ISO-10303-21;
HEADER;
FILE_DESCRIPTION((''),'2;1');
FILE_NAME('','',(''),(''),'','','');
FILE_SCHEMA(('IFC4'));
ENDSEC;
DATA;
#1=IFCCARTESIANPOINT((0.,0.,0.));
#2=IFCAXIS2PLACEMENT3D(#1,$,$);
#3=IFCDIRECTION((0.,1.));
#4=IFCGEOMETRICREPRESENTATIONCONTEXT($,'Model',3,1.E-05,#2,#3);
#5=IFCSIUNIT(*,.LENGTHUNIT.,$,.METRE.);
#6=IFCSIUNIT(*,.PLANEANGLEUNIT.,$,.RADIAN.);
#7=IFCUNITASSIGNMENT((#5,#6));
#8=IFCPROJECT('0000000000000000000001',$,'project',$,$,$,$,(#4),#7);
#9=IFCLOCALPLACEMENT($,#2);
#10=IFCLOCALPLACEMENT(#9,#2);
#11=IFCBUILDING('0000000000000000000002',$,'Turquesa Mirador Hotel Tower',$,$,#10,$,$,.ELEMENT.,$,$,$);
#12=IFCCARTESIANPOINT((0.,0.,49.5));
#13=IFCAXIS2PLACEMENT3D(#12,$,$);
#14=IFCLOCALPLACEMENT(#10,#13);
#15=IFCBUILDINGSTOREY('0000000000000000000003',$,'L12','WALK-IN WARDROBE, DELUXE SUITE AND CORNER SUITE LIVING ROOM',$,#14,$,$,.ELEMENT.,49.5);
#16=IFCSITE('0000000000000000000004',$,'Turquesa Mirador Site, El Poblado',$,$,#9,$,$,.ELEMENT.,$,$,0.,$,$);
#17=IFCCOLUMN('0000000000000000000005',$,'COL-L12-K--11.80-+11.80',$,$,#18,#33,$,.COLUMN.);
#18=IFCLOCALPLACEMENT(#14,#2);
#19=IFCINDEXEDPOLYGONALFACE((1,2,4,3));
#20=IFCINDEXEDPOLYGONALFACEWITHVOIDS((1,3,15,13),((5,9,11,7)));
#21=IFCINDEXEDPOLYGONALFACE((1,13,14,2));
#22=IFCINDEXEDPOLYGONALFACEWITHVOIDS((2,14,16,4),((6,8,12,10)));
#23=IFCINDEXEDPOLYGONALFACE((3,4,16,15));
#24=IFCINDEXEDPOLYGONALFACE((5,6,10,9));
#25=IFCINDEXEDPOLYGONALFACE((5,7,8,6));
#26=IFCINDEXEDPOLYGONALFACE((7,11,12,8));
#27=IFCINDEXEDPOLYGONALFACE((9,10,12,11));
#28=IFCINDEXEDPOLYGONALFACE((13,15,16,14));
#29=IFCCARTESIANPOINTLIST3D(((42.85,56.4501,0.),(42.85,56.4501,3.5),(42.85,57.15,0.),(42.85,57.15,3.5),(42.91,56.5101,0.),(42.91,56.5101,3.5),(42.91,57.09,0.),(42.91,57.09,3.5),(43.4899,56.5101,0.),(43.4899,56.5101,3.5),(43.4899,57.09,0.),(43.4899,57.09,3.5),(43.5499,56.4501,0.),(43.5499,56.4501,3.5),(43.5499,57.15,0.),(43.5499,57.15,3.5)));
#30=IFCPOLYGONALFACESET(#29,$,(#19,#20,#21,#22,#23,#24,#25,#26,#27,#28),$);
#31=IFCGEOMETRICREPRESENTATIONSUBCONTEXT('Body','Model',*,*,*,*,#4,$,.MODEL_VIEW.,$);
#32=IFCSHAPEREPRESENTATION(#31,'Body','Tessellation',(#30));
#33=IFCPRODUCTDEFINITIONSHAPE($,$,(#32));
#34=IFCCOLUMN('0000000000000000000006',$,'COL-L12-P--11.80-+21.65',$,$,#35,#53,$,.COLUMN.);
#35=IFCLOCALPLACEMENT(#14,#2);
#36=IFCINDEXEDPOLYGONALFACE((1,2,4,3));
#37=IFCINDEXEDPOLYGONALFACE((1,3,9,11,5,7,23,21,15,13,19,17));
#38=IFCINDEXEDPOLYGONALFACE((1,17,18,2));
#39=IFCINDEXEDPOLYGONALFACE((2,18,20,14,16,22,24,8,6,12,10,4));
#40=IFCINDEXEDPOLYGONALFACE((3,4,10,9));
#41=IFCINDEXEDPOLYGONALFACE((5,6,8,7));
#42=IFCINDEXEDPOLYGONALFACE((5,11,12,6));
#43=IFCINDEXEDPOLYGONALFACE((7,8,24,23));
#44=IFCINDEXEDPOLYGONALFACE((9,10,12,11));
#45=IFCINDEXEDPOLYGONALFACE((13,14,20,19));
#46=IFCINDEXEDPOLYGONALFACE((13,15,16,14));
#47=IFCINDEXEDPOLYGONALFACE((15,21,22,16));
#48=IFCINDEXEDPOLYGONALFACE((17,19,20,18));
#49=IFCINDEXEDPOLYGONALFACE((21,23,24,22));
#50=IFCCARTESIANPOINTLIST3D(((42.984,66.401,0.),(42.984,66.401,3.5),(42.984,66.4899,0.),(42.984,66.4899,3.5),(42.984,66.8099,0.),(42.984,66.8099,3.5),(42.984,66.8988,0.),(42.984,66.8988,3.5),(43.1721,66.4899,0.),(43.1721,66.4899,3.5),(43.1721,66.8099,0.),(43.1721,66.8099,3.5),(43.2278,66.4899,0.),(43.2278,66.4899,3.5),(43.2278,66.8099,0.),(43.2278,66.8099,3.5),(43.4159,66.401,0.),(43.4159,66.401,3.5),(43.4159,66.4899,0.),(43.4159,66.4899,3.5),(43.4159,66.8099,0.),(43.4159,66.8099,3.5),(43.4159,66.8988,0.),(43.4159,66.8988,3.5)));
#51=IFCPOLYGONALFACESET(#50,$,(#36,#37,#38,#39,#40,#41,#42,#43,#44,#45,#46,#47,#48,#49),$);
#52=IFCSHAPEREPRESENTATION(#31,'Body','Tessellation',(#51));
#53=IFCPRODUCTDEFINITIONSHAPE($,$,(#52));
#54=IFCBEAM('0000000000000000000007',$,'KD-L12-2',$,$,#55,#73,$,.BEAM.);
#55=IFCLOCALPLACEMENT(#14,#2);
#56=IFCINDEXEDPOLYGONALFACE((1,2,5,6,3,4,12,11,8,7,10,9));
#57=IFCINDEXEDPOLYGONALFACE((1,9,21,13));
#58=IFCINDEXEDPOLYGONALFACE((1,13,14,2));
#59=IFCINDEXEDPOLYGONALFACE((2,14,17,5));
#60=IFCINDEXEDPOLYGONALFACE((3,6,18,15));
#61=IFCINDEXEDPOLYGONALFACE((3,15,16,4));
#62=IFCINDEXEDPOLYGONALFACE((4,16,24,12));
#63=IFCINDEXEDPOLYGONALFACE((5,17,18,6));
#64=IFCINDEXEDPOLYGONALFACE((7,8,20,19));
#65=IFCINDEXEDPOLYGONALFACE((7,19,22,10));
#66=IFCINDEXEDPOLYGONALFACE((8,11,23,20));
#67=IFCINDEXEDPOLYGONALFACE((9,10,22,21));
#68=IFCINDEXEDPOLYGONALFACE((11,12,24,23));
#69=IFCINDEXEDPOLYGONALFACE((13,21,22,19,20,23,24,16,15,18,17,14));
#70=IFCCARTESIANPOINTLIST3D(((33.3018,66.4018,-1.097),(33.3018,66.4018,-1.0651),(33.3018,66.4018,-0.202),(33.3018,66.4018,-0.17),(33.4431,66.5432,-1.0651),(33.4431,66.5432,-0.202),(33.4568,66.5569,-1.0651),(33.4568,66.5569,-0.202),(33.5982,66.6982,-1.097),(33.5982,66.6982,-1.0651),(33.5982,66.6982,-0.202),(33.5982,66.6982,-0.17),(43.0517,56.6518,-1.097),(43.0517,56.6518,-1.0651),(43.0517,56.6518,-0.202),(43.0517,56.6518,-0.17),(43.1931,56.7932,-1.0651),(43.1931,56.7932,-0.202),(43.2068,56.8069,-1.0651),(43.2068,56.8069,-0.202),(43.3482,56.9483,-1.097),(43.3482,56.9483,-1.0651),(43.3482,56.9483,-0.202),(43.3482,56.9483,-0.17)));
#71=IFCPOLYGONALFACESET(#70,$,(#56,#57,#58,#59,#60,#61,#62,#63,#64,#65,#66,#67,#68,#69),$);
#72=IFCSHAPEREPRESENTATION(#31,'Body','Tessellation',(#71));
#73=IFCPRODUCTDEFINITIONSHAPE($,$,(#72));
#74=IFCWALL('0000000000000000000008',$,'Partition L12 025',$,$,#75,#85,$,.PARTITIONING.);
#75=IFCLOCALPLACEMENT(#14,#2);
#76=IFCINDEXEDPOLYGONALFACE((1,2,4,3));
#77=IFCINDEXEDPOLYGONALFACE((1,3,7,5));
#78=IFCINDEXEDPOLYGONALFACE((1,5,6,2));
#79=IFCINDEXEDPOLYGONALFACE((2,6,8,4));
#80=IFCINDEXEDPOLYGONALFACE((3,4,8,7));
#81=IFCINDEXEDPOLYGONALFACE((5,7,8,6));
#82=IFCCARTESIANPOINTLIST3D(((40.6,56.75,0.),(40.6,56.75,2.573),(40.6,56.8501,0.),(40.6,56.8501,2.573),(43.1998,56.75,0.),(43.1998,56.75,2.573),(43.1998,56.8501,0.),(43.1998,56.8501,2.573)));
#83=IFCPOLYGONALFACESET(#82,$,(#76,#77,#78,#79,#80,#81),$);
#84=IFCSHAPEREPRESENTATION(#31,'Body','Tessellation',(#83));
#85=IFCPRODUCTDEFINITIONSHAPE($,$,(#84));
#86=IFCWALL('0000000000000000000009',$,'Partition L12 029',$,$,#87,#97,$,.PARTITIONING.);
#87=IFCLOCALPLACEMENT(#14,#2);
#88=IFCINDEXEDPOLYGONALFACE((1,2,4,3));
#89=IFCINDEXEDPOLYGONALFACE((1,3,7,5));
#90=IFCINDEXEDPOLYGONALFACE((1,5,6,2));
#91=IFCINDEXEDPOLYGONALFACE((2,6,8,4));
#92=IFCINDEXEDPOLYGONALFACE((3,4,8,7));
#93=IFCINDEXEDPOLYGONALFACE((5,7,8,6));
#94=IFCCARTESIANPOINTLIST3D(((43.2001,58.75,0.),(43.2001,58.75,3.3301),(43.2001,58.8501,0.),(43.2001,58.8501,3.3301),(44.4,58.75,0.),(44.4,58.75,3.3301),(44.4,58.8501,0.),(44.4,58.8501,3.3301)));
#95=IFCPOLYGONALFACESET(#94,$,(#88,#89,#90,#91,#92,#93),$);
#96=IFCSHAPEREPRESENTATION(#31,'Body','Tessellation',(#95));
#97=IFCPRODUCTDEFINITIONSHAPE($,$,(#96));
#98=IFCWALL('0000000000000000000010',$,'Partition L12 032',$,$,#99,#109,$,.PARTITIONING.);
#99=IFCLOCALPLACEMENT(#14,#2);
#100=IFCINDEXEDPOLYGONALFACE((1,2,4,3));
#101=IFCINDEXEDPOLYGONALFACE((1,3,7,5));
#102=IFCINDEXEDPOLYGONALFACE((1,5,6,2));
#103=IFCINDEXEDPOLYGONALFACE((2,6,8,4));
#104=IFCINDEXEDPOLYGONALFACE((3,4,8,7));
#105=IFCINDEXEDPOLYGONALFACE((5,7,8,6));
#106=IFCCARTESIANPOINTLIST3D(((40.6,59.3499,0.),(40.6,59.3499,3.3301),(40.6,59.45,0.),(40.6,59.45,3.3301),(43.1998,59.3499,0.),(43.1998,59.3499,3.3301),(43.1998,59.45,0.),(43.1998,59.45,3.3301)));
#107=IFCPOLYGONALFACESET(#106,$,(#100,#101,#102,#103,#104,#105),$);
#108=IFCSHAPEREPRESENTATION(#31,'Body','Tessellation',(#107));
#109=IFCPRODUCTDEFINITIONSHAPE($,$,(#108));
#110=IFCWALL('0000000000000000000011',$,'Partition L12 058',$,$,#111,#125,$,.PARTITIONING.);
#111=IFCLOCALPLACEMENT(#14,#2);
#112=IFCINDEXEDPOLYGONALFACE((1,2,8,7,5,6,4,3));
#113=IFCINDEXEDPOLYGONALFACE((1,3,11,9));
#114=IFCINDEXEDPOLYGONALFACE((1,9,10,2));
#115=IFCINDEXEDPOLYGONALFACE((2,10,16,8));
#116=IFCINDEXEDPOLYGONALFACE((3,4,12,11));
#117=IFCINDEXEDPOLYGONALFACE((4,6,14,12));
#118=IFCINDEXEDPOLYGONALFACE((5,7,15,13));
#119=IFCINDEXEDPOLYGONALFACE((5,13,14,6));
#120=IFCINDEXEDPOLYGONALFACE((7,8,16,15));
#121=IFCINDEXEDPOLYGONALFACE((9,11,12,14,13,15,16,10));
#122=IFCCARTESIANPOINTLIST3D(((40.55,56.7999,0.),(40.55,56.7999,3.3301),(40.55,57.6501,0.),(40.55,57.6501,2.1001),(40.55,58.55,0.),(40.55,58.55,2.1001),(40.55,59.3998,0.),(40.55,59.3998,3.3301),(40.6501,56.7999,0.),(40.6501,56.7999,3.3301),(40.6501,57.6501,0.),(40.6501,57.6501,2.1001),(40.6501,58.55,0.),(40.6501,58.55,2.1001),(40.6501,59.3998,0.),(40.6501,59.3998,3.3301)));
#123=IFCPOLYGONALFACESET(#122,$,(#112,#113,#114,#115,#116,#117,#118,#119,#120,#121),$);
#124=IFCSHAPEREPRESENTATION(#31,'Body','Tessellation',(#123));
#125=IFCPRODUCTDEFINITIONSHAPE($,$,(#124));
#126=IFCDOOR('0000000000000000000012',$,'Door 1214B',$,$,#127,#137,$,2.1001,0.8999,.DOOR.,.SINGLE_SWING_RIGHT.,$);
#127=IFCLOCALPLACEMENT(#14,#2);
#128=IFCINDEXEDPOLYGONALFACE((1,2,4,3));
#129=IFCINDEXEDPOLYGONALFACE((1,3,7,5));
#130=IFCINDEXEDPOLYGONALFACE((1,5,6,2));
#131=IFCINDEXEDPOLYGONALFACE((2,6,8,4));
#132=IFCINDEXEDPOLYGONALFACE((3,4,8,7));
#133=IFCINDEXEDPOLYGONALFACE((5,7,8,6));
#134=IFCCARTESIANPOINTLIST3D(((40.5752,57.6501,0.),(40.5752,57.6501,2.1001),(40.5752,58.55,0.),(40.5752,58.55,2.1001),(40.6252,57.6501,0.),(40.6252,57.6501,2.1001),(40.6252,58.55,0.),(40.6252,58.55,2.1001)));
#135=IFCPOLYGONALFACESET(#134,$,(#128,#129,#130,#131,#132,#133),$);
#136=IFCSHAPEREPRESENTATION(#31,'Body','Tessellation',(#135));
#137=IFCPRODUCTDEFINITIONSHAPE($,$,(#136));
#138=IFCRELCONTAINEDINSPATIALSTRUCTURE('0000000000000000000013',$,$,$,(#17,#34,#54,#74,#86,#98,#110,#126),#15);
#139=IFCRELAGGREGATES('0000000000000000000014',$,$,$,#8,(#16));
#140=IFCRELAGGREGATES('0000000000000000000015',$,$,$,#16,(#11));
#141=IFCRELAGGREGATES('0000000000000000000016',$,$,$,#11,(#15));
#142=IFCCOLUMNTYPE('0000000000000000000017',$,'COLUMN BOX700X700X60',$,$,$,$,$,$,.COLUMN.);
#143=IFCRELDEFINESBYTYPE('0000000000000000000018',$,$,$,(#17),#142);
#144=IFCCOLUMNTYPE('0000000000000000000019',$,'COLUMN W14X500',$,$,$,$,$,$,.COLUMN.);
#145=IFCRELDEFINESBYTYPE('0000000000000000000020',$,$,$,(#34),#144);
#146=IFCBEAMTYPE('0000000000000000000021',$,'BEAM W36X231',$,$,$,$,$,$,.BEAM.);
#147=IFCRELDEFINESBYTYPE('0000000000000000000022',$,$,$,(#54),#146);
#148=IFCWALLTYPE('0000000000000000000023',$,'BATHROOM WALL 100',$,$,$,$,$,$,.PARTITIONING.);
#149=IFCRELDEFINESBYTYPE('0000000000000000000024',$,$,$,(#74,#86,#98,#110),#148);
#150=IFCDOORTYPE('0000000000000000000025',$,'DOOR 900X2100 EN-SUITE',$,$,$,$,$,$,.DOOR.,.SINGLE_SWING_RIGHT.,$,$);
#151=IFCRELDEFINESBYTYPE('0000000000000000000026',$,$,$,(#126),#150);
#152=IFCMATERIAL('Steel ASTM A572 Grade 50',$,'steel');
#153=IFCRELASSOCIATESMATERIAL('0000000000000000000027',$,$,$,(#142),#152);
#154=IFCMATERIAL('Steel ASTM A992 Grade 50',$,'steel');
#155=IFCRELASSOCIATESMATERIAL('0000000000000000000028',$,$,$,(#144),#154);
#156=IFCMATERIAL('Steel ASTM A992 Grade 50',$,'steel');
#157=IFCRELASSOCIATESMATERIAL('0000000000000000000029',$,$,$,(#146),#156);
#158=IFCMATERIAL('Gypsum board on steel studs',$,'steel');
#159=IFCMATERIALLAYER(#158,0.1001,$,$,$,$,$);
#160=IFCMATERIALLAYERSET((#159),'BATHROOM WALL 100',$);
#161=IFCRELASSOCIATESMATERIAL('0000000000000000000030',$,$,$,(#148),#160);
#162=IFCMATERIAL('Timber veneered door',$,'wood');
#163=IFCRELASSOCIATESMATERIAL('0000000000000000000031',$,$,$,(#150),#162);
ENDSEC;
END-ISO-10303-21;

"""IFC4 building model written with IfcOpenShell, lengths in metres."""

from ifc_helpers import new_model, si_unit, direction, frame, frame_2d, origin, origin_2d, place, context, subcontext, project, spatial, rectangle, hollow_rectangle, i_section, extrude, material, layer, layer_set, material_profile, profile_set, type_object, element, fill, save


model = new_model("IFC4")

# Units and contexts
model_context = context("Model", 3, precision=1e-05, world=origin(), true_north=direction((0.0, 1.0)))
body_context = subcontext(model_context, "Body", "Model", "MODEL_VIEW")
ifc_project = project(units=[si_unit("LENGTHUNIT", "METRE"), si_unit("PLANEANGLEUNIT", "RADIAN")], contexts=[model_context])

# Site, building, storey
site_placement = place(None, origin())
site = spatial("IfcSite", under=ifc_project, at=site_placement, Name="Turquesa Mirador Site, El Poblado", CompositionType="ELEMENT", RefElevation=0.0)
building_placement = place(site_placement, origin())
building = spatial("IfcBuilding", under=site, at=building_placement, Name="Turquesa Mirador Hotel Tower", CompositionType="ELEMENT")
storey_placement = place(building_placement, frame((0.0, 0.0, 49.5)))
storey = spatial("IfcBuildingStorey", under=building, at=storey_placement, Name="L12", Description="WALK-IN WARDROBE, DELUXE SUITE AND CORNER SUITE LIVING ROOM", CompositionType="ELEMENT", Elevation=49.5)

# Columns
ifc_material_1 = material(Name="Steel ASTM A572 Grade 50", Category="steel")
ifc_material_profile_1 = material_profile(ifc_material_1, hollow_rectangle(XDim=0.7, YDim=0.7, WallThickness=0.0601, at=origin_2d()), Name="BOX700X700X60")
ifc_profile_set_1 = profile_set([ifc_material_profile_1], Name="Steel ASTM A572 Grade 50")
column_type_1 = type_object("IfcColumnType", Name="COLUMN BOX700X700X60", PredefinedType="COLUMN", material=ifc_profile_set_1)
column_1_placement = place(storey_placement, frame((43.2, 56.8, 0.0), z_axis=(0.0, 0.0, 1.0), x_axis=(1.0, 0.0, 0.0)))
element("IfcColumn", 1, at=column_1_placement, inside=storey, type_object=column_type_1, Name="COL-L12-K--11.80-+11.80", PredefinedType="COLUMN", context=body_context, shape_type="SweptSolid", body=[
    extrude(hollow_rectangle(XDim=0.7, YDim=0.7, WallThickness=0.0601, at=origin_2d()), origin(), (0.0, 0.0, 1.0), 3.5),
])
ifc_material_2 = material(Name="Steel ASTM A992 Grade 50", Category="steel")
ifc_material_profile_2 = material_profile(ifc_material_2, i_section(OverallWidth=0.4319, OverallDepth=0.4978, WebThickness=0.0557, FlangeThickness=0.0889, at=origin_2d()), Name="W14X500")
ifc_profile_set_2 = profile_set([ifc_material_profile_2], Name="Steel ASTM A992 Grade 50")
column_type_2 = type_object("IfcColumnType", Name="COLUMN W14X500", PredefinedType="COLUMN", material=ifc_profile_set_2)
column_2_placement = place(storey_placement, frame((43.2, 66.6499, 0.0), z_axis=(0.0, 0.0, 1.0), x_axis=(1.0, 0.0, 0.0)))
element("IfcColumn", 2, at=column_2_placement, inside=storey, type_object=column_type_2, Name="COL-L12-P--11.80-+21.65", PredefinedType="COLUMN", context=body_context, shape_type="SweptSolid", body=[
    extrude(i_section(OverallWidth=0.4319, OverallDepth=0.4978, WebThickness=0.0557, FlangeThickness=0.0889, at=origin_2d()), origin(), (0.0, 0.0, 1.0), 3.5),
])

# Beam
ifc_material_3 = material(Name="Steel ASTM A992 Grade 50", Category="steel")
ifc_material_profile_3 = material_profile(ifc_material_3, i_section(OverallWidth=0.4192, OverallDepth=0.927, WebThickness=0.0193, FlangeThickness=0.032, at=origin_2d()), Name="W36X231")
ifc_profile_set_3 = profile_set([ifc_material_profile_3], Name="Steel ASTM A992 Grade 50")
beam_type = type_object("IfcBeamType", Name="BEAM W36X231", PredefinedType="BEAM", material=ifc_profile_set_3)
beam_placement = place(storey_placement, frame((43.2, 56.8, -0.6335), z_axis=(-0.707107, 0.707107, 0.0), x_axis=(-0.707107, -0.707107, 0.0)))
element("IfcBeam", 3, at=beam_placement, inside=storey, type_object=beam_type, Name="KD-L12-2", PredefinedType="BEAM", context=body_context, shape_type="SweptSolid", body=[
    extrude(i_section(OverallWidth=0.4192, OverallDepth=0.927, WebThickness=0.0193, FlangeThickness=0.032, at=origin_2d()), origin(), (0.0, 0.0, 1.0), 13.7886),
])

# Walls
ifc_material_4 = material(Name="Gypsum board on steel studs", Category="steel")
ifc_layer_1 = layer(ifc_material_4, 0.1001)
ifc_layer_set_1 = layer_set([ifc_layer_1], Name="BATHROOM WALL 100")
wall_type_1 = type_object("IfcWallType", Name="BATHROOM WALL 100", PredefinedType="PARTITIONING", material=ifc_layer_set_1)
wall_1_placement = place(storey_placement, frame((40.6001, 56.8, 0.0), z_axis=(0.0, 0.0, 1.0), x_axis=(1.0, 0.0, 0.0)))
element("IfcWall", 4, at=wall_1_placement, inside=storey, type_object=wall_type_1, Name="Partition L12 025", PredefinedType="PARTITIONING", context=body_context, shape_type="SweptSolid", body=[
    extrude(rectangle(XDim=2.5999, YDim=0.1001, at=frame_2d((1.2998, 0.0))), origin(), (0.0, 0.0, 1.0), 2.573),
])
wall_2_placement = place(storey_placement, frame((43.2, 58.8, 0.0), z_axis=(0.0, 0.0, 1.0), x_axis=(1.0, 0.0, 0.0)))
element("IfcWall", 5, at=wall_2_placement, inside=storey, type_object=wall_type_1, Name="Partition L12 029", PredefinedType="PARTITIONING", context=body_context, shape_type="SweptSolid", body=[
    extrude(rectangle(XDim=1.2, YDim=0.1001, at=frame_2d((0.6001, 0.0))), origin(), (0.0, 0.0, 1.0), 3.3301),
])
wall_3_placement = place(storey_placement, frame((40.6001, 59.3999, 0.0), z_axis=(0.0, 0.0, 1.0), x_axis=(1.0, 0.0, 0.0)))
element("IfcWall", 6, at=wall_3_placement, inside=storey, type_object=wall_type_1, Name="Partition L12 032", PredefinedType="PARTITIONING", context=body_context, shape_type="SweptSolid", body=[
    extrude(rectangle(XDim=2.5999, YDim=0.1001, at=frame_2d((1.2998, 0.0))), origin(), (0.0, 0.0, 1.0), 3.3301),
])

# Wall, opening, door
wall_4_placement = place(storey_placement, frame((40.6001, 56.8, 0.0), z_axis=(0.0, 0.0, 1.0), x_axis=(0.0, 1.0, 0.0)))
wall_4 = element("IfcWall", 7, at=wall_4_placement, inside=storey, type_object=wall_type_1, Name="Partition L12 058", PredefinedType="PARTITIONING", context=body_context, shape_type="SweptSolid", body=[
    extrude(rectangle(XDim=2.5999, YDim=0.1001, at=frame_2d((1.2998, 0.0))), origin(), (0.0, 0.0, 1.0), 3.3301),
])
opening_1_placement = place(wall_4_placement, frame((0.8501, 0.0, 0.0)))
opening_1 = element("IfcOpeningElement", 8, at=opening_1_placement, cuts=wall_4, PredefinedType="OPENING", context=body_context, shape_type="SweptSolid", body=[
    extrude(rectangle(XDim=0.8999, YDim=2.1001, at=frame_2d((0.45, 1.05))), frame((0.0, 0.0601, 0.0), z_axis=(0.0, -1.0, 0.0), x_axis=(1.0, 0.0, 0.0)), (0.0, 0.0, 1.0), 0.1201),
])
ifc_material_5 = material(Name="Timber veneered door", Category="wood")
door_type_1 = type_object("IfcDoorType", Name="DOOR 900X2100 EN-SUITE", OperationType="SINGLE_SWING_RIGHT", PredefinedType="DOOR", material=ifc_material_5)
door_1_placement = place(opening_1_placement, origin())
door_1 = element("IfcDoor", 9, at=door_1_placement, inside=storey, type_object=door_type_1, Name="Door 1214B", OperationType="SINGLE_SWING_RIGHT", OverallHeight=2.1001, OverallWidth=0.8999, PredefinedType="DOOR", context=body_context, shape_type="SweptSolid", body=[
    extrude(rectangle(XDim=0.8999, YDim=2.1001, at=frame_2d((0.45, 1.05))), frame((0.0, 0.0249, 0.0), z_axis=(0.0, -1.0, 0.0), x_axis=(1.0, 0.0, 0.0)), (0.0, 0.0, 1.0), 0.05),
])
fill(opening_1, door_1)

save(model, "model.ifc")
